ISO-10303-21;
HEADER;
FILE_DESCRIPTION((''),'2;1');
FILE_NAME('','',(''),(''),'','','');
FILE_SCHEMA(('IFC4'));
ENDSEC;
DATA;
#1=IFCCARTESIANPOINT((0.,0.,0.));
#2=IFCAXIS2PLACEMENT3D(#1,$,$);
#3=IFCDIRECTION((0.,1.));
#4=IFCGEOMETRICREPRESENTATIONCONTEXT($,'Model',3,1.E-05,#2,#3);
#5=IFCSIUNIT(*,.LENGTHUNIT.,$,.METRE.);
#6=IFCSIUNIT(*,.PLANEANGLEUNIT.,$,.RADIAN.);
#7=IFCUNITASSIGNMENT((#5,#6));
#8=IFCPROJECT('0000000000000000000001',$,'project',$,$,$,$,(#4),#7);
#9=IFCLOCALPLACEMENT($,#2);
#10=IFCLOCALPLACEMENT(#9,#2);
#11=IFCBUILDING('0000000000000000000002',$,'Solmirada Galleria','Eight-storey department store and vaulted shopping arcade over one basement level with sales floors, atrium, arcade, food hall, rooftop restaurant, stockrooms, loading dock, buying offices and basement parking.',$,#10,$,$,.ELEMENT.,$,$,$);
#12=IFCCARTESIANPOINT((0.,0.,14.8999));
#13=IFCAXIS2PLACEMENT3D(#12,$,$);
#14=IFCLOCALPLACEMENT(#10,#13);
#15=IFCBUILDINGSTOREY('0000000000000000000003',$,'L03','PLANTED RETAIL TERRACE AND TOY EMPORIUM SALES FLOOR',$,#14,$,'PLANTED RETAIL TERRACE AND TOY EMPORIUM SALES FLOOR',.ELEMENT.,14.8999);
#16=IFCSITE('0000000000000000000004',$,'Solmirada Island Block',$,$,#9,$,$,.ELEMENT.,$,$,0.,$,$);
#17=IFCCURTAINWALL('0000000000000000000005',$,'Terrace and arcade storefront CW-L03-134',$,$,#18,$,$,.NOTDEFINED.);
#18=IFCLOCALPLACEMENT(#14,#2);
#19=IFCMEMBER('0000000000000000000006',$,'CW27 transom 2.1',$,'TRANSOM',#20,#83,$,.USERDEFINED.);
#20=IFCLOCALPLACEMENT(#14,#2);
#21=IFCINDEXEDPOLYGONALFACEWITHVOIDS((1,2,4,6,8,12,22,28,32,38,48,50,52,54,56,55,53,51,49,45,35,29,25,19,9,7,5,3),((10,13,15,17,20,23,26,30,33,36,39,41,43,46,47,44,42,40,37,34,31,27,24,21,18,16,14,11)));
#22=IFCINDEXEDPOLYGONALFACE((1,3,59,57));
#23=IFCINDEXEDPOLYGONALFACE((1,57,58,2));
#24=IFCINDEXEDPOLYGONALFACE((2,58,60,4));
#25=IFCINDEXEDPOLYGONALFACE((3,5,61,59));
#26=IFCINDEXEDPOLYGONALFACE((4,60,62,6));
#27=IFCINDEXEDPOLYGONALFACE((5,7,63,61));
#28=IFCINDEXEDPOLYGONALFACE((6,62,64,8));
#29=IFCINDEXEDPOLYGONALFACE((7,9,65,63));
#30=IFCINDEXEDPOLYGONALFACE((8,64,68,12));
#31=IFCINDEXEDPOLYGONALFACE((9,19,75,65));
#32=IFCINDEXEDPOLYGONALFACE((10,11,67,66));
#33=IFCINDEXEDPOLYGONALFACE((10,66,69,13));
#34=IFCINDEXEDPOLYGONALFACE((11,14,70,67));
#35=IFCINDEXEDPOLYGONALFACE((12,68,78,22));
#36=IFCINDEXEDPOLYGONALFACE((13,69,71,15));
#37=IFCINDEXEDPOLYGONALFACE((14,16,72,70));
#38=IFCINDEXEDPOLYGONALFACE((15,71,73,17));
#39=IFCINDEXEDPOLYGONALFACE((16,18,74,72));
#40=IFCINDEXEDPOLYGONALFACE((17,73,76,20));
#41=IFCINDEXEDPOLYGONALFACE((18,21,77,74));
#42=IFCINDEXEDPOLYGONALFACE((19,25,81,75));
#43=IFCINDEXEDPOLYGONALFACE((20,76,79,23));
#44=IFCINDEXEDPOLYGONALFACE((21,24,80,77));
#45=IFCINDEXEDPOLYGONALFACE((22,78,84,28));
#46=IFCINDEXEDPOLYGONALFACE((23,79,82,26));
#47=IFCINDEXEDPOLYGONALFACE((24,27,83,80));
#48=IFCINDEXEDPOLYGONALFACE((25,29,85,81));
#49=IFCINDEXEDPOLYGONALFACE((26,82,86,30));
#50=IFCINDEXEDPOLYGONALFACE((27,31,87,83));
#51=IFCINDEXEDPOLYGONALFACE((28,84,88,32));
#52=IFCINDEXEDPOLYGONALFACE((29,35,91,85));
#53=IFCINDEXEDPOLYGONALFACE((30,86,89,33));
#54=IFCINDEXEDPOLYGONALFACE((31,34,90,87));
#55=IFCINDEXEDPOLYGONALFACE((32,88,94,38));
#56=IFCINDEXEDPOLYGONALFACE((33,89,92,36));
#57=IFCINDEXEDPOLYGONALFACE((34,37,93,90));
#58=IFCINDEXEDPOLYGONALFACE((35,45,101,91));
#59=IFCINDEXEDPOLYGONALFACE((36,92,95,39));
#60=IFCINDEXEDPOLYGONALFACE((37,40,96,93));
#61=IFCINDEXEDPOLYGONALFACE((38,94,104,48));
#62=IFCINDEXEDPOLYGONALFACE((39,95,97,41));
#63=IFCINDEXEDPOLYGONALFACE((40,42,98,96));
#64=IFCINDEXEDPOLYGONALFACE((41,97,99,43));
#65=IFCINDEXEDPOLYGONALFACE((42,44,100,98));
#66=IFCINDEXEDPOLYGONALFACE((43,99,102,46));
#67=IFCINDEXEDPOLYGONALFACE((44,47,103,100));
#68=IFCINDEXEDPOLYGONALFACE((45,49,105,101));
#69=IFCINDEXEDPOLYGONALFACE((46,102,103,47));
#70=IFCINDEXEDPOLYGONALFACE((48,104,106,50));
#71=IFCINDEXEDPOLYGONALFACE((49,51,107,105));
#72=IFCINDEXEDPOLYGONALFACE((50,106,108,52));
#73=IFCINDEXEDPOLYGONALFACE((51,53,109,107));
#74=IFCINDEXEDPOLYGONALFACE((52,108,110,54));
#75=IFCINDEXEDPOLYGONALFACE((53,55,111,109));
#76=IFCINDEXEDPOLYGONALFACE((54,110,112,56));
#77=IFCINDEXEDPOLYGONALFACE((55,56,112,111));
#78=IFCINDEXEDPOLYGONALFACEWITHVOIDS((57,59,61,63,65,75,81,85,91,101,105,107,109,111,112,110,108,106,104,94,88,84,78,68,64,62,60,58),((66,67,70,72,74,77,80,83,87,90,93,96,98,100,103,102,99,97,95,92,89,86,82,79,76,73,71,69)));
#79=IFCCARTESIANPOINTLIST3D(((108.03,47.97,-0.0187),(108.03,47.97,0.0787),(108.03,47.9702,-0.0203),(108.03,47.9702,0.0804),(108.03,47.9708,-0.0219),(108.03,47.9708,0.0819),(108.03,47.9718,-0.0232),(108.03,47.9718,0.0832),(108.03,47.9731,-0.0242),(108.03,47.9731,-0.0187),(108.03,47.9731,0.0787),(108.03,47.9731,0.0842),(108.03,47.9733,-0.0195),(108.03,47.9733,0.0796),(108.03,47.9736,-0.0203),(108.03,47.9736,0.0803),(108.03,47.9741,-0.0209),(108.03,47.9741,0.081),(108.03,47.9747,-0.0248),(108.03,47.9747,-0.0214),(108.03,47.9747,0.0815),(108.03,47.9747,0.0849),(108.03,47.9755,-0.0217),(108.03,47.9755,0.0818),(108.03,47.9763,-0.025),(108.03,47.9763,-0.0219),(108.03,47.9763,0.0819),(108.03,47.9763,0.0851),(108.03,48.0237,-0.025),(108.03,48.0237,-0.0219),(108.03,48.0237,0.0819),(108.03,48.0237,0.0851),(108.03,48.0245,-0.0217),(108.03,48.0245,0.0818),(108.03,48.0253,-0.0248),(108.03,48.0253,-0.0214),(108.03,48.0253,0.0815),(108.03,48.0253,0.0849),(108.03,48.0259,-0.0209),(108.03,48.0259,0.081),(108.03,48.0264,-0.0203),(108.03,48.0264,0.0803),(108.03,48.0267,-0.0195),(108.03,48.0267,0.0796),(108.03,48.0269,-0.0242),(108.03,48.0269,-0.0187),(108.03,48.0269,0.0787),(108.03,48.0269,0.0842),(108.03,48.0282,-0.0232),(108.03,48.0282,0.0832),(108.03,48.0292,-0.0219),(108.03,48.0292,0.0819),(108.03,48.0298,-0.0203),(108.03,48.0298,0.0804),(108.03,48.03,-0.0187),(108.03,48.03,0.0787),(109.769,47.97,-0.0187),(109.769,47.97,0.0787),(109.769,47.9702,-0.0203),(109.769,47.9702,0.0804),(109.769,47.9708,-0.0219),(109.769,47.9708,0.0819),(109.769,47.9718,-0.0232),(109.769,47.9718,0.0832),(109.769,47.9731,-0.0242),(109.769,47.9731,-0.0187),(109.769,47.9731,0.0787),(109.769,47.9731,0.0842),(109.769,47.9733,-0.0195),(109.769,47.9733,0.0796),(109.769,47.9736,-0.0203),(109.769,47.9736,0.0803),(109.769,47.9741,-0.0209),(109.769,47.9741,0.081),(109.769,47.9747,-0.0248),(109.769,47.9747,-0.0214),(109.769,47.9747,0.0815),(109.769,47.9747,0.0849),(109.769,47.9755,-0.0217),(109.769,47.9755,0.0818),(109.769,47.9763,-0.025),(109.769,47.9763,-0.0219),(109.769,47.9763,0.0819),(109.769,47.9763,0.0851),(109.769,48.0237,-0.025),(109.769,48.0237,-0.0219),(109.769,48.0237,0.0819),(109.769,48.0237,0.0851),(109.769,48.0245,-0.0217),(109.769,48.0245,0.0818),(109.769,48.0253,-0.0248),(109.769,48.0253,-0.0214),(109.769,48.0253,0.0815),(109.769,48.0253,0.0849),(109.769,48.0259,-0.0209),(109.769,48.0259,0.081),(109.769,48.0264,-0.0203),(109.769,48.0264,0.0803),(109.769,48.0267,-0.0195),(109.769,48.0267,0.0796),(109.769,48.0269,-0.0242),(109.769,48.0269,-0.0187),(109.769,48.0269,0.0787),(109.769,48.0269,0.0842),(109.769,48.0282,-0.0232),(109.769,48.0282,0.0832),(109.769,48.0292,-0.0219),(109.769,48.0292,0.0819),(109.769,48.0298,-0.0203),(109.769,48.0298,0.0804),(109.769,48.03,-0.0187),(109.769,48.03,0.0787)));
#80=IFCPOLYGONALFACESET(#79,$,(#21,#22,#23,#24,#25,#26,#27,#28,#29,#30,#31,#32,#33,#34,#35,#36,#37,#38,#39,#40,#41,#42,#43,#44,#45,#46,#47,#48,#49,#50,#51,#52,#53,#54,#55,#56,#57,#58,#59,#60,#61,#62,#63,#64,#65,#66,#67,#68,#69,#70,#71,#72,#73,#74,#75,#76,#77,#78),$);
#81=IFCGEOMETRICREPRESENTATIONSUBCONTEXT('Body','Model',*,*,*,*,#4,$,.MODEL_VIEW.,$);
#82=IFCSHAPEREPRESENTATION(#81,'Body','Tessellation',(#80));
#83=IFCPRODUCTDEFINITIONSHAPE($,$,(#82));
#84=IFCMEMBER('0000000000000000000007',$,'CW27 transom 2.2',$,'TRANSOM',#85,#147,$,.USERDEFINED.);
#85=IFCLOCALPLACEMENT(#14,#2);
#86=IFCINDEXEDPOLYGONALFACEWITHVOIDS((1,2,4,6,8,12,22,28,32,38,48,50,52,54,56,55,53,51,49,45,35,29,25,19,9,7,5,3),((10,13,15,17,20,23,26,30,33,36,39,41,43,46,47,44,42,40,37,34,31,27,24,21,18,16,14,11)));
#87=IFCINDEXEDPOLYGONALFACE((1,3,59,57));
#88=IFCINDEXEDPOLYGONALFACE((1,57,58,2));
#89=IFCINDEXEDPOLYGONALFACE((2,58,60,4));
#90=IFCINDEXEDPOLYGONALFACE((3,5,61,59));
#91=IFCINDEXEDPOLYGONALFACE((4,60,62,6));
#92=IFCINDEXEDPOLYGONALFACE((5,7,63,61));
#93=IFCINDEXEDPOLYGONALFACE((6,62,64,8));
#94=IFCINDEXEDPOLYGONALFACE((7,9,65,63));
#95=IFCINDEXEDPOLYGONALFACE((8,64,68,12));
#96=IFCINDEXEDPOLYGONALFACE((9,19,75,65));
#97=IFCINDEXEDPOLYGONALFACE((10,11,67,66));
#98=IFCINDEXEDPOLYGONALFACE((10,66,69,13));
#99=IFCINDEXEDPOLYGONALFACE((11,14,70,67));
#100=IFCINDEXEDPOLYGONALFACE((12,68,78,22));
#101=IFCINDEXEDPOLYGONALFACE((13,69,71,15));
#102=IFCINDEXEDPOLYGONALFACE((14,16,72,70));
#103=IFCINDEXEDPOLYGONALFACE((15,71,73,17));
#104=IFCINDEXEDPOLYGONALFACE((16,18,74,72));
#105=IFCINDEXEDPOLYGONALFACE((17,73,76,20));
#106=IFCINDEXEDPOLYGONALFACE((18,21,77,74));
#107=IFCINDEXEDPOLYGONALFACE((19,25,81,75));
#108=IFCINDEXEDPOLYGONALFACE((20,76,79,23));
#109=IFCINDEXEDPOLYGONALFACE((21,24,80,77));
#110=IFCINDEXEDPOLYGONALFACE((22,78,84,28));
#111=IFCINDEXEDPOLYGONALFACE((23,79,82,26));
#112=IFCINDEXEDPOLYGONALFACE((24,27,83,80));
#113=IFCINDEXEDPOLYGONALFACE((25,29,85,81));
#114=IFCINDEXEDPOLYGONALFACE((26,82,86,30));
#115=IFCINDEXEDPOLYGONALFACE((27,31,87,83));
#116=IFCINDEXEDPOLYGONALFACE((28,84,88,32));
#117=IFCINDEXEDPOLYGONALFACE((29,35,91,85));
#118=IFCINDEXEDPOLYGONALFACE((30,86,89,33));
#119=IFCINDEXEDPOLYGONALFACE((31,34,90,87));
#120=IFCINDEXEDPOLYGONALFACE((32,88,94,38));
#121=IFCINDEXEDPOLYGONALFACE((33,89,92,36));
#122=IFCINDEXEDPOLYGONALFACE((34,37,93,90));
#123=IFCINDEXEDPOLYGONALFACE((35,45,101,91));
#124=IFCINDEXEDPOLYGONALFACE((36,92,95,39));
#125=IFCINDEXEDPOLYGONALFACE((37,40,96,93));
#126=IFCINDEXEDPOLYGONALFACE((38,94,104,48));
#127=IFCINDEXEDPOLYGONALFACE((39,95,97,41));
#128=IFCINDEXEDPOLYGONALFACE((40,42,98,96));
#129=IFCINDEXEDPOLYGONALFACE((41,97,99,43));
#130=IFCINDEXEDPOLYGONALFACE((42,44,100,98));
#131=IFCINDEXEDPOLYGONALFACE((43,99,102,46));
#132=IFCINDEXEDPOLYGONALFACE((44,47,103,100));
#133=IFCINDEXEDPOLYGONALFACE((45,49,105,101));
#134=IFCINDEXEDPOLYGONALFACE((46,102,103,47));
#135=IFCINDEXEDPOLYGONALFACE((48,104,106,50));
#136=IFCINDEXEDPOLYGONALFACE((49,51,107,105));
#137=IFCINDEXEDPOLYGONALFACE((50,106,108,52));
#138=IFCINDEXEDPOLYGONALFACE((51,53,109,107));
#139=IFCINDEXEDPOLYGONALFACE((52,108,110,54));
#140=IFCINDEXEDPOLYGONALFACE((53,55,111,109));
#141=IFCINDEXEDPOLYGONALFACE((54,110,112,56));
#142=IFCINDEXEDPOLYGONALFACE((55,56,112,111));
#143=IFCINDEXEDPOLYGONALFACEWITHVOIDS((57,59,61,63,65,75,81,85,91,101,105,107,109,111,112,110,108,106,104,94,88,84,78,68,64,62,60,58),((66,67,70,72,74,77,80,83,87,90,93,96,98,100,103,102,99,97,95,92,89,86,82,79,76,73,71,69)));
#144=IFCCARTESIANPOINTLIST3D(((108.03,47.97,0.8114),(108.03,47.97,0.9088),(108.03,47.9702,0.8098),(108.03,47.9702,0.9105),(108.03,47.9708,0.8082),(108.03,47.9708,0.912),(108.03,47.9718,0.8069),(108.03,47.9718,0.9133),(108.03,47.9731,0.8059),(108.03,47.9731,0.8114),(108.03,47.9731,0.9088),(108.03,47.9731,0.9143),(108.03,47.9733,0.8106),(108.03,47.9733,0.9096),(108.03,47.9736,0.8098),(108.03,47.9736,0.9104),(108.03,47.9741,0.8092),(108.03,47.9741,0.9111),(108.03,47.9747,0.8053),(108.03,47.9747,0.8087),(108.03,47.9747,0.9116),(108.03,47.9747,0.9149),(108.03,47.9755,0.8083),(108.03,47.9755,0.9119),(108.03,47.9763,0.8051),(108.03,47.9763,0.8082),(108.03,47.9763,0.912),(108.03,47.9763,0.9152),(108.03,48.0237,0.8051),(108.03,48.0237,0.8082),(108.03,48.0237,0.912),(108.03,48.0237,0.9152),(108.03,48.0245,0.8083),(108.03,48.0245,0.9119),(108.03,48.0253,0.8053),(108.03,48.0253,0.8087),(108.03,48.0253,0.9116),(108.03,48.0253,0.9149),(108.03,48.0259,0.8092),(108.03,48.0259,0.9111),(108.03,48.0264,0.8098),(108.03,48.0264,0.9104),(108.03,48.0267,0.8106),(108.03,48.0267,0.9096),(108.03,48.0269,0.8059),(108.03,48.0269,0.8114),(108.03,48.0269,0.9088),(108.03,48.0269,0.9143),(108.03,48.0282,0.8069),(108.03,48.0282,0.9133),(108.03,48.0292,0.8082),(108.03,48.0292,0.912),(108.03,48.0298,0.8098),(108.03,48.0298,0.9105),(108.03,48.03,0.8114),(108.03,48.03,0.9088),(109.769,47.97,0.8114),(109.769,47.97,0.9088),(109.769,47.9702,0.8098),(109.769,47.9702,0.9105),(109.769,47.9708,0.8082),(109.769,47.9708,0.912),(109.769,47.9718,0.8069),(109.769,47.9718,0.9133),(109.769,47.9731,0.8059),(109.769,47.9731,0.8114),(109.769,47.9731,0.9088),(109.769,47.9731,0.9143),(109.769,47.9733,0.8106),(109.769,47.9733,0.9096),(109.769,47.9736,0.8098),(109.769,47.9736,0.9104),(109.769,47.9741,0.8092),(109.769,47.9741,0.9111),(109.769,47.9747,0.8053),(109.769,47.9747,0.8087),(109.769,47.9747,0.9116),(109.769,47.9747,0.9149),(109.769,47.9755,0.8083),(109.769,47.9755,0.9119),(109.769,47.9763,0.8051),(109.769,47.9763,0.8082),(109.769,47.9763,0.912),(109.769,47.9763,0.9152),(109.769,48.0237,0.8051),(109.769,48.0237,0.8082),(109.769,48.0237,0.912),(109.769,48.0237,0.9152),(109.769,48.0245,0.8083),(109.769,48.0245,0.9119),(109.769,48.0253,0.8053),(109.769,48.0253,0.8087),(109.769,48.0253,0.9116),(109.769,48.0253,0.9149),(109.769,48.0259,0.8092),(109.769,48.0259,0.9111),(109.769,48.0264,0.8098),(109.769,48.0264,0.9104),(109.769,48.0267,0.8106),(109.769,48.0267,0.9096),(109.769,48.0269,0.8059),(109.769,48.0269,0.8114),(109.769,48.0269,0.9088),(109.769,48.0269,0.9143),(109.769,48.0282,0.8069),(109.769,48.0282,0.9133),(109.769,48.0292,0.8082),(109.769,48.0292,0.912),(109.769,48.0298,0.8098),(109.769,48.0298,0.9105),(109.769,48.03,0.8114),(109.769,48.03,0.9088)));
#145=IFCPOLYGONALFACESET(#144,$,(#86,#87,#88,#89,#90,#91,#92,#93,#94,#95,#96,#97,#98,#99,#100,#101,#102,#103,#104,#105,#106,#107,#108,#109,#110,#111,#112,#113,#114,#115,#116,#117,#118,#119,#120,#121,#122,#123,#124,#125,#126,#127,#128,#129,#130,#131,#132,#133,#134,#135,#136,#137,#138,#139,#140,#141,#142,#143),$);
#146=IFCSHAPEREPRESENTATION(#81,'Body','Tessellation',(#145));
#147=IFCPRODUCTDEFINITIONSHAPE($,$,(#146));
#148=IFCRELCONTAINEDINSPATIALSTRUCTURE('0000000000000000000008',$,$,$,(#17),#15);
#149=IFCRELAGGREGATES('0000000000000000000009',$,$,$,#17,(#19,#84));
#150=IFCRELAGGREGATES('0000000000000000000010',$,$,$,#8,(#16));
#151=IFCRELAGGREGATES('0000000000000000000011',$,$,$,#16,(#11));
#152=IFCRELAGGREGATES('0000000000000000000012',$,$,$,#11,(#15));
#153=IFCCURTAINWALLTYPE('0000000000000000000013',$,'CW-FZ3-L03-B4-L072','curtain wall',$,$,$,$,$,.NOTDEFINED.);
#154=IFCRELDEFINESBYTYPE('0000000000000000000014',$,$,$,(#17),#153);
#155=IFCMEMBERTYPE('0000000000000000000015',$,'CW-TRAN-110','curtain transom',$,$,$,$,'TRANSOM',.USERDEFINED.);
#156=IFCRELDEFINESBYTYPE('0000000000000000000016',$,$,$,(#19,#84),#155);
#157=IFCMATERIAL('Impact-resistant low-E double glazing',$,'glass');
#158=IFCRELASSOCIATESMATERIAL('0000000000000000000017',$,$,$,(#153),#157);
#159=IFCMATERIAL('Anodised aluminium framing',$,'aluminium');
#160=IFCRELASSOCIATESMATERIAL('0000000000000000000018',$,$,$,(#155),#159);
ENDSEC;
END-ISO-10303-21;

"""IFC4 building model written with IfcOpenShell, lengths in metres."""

from ifc_helpers import new_model, si_unit, direction, frame, origin, origin_2d, place, context, subcontext, project, spatial, hollow_rectangle, extrude, material, material_profile, profile_set, type_object, element, aggregate, save


model = new_model("IFC4")

# Units and contexts
model_context = context("Model", 3, precision=1e-05, world=origin(), true_north=direction((0.0, 1.0)))
body_context = subcontext(model_context, "Body", "Model", "MODEL_VIEW")
ifc_project = project(units=[si_unit("LENGTHUNIT", "METRE"), si_unit("PLANEANGLEUNIT", "RADIAN")], contexts=[model_context])

# Site, building, storey
site_placement = place(None, origin())
site = spatial("IfcSite", under=ifc_project, at=site_placement, Name="Solmirada Island Block", CompositionType="ELEMENT", RefElevation=0.0)
building_placement = place(site_placement, origin())
building = spatial("IfcBuilding", under=site, at=building_placement, Name="Solmirada Galleria", Description="Eight-storey department store and vaulted shopping arcade over one basement level with sales floors, atrium, arcade, food hall, rooftop restaurant, stockrooms, loading dock, buying offices and basement parking.", CompositionType="ELEMENT")
storey_placement = place(building_placement, frame((0.0, 0.0, 14.8999)))
storey = spatial("IfcBuildingStorey", under=building, at=storey_placement, Name="L03", Description="PLANTED RETAIL TERRACE AND TOY EMPORIUM SALES FLOOR", LongName="PLANTED RETAIL TERRACE AND TOY EMPORIUM SALES FLOOR", CompositionType="ELEMENT", Elevation=14.8999)

# Curtain wall
ifc_material_1 = material(Name="Impact-resistant low-E double glazing", Category="glass")
curtain_wall_type = type_object("IfcCurtainWallType", Name="CW-FZ3-L03-B4-L072", Description="curtain wall", PredefinedType="NOTDEFINED", material=ifc_material_1)
ifc_material_2 = material(Name="Anodised aluminium framing", Category="aluminium")
curtain_wall_1_placement = place(storey_placement, origin())
curtain_wall_1 = element("IfcCurtainWall", 1, at=curtain_wall_1_placement, inside=storey, type_object=curtain_wall_type, Name="Terrace and arcade storefront CW-L03-134", PredefinedType="NOTDEFINED")

# Members
ifc_material_profile_1 = material_profile(ifc_material_2, hollow_rectangle(XDim=0.0601, YDim=0.1101, WallThickness=0.0032, InnerFilletRadius=0.0032, OuterFilletRadius=0.0063, at=origin_2d()), Name="ALU-TRAN-110X60")
ifc_profile_set_1 = profile_set([ifc_material_profile_1], Name="Anodised aluminium framing")
member_type_1 = type_object("IfcMemberType", Name="CW-TRAN-110", Description="curtain transom", ElementType="TRANSOM", PredefinedType="USERDEFINED", material=ifc_profile_set_1)
member_1_placement = place(storey_placement, frame((109.769, 48.0, 0.03), z_axis=(-1.0, 0.0, 0.0), x_axis=(0.0, -1.0, 0.0)))
member_1 = element("IfcMember", 2, at=member_1_placement, type_object=member_type_1, Name="CW27 transom 2.1", ObjectType="TRANSOM", PredefinedType="USERDEFINED", context=body_context, shape_type="SweptSolid", body=[
    extrude(hollow_rectangle(XDim=0.0601, YDim=0.1101, WallThickness=0.0032, InnerFilletRadius=0.0032, OuterFilletRadius=0.0063, at=origin_2d()), origin(), (0.0, 0.0, 1.0), 1.739),
])
member_2_placement = place(storey_placement, frame((109.769, 48.0, 0.8601), z_axis=(-1.0, 0.0, 0.0), x_axis=(0.0, -1.0, 0.0)))
member_2 = element("IfcMember", 3, at=member_2_placement, type_object=member_type_1, Name="CW27 transom 2.2", ObjectType="TRANSOM", PredefinedType="USERDEFINED", context=body_context, shape_type="SweptSolid", body=[
    extrude(hollow_rectangle(XDim=0.0601, YDim=0.1101, WallThickness=0.0032, InnerFilletRadius=0.0032, OuterFilletRadius=0.0063, at=origin_2d()), origin(), (0.0, 0.0, 1.0), 1.739),
])

aggregate(curtain_wall_1, [member_1, member_2])

save(model, "model.ifc")
